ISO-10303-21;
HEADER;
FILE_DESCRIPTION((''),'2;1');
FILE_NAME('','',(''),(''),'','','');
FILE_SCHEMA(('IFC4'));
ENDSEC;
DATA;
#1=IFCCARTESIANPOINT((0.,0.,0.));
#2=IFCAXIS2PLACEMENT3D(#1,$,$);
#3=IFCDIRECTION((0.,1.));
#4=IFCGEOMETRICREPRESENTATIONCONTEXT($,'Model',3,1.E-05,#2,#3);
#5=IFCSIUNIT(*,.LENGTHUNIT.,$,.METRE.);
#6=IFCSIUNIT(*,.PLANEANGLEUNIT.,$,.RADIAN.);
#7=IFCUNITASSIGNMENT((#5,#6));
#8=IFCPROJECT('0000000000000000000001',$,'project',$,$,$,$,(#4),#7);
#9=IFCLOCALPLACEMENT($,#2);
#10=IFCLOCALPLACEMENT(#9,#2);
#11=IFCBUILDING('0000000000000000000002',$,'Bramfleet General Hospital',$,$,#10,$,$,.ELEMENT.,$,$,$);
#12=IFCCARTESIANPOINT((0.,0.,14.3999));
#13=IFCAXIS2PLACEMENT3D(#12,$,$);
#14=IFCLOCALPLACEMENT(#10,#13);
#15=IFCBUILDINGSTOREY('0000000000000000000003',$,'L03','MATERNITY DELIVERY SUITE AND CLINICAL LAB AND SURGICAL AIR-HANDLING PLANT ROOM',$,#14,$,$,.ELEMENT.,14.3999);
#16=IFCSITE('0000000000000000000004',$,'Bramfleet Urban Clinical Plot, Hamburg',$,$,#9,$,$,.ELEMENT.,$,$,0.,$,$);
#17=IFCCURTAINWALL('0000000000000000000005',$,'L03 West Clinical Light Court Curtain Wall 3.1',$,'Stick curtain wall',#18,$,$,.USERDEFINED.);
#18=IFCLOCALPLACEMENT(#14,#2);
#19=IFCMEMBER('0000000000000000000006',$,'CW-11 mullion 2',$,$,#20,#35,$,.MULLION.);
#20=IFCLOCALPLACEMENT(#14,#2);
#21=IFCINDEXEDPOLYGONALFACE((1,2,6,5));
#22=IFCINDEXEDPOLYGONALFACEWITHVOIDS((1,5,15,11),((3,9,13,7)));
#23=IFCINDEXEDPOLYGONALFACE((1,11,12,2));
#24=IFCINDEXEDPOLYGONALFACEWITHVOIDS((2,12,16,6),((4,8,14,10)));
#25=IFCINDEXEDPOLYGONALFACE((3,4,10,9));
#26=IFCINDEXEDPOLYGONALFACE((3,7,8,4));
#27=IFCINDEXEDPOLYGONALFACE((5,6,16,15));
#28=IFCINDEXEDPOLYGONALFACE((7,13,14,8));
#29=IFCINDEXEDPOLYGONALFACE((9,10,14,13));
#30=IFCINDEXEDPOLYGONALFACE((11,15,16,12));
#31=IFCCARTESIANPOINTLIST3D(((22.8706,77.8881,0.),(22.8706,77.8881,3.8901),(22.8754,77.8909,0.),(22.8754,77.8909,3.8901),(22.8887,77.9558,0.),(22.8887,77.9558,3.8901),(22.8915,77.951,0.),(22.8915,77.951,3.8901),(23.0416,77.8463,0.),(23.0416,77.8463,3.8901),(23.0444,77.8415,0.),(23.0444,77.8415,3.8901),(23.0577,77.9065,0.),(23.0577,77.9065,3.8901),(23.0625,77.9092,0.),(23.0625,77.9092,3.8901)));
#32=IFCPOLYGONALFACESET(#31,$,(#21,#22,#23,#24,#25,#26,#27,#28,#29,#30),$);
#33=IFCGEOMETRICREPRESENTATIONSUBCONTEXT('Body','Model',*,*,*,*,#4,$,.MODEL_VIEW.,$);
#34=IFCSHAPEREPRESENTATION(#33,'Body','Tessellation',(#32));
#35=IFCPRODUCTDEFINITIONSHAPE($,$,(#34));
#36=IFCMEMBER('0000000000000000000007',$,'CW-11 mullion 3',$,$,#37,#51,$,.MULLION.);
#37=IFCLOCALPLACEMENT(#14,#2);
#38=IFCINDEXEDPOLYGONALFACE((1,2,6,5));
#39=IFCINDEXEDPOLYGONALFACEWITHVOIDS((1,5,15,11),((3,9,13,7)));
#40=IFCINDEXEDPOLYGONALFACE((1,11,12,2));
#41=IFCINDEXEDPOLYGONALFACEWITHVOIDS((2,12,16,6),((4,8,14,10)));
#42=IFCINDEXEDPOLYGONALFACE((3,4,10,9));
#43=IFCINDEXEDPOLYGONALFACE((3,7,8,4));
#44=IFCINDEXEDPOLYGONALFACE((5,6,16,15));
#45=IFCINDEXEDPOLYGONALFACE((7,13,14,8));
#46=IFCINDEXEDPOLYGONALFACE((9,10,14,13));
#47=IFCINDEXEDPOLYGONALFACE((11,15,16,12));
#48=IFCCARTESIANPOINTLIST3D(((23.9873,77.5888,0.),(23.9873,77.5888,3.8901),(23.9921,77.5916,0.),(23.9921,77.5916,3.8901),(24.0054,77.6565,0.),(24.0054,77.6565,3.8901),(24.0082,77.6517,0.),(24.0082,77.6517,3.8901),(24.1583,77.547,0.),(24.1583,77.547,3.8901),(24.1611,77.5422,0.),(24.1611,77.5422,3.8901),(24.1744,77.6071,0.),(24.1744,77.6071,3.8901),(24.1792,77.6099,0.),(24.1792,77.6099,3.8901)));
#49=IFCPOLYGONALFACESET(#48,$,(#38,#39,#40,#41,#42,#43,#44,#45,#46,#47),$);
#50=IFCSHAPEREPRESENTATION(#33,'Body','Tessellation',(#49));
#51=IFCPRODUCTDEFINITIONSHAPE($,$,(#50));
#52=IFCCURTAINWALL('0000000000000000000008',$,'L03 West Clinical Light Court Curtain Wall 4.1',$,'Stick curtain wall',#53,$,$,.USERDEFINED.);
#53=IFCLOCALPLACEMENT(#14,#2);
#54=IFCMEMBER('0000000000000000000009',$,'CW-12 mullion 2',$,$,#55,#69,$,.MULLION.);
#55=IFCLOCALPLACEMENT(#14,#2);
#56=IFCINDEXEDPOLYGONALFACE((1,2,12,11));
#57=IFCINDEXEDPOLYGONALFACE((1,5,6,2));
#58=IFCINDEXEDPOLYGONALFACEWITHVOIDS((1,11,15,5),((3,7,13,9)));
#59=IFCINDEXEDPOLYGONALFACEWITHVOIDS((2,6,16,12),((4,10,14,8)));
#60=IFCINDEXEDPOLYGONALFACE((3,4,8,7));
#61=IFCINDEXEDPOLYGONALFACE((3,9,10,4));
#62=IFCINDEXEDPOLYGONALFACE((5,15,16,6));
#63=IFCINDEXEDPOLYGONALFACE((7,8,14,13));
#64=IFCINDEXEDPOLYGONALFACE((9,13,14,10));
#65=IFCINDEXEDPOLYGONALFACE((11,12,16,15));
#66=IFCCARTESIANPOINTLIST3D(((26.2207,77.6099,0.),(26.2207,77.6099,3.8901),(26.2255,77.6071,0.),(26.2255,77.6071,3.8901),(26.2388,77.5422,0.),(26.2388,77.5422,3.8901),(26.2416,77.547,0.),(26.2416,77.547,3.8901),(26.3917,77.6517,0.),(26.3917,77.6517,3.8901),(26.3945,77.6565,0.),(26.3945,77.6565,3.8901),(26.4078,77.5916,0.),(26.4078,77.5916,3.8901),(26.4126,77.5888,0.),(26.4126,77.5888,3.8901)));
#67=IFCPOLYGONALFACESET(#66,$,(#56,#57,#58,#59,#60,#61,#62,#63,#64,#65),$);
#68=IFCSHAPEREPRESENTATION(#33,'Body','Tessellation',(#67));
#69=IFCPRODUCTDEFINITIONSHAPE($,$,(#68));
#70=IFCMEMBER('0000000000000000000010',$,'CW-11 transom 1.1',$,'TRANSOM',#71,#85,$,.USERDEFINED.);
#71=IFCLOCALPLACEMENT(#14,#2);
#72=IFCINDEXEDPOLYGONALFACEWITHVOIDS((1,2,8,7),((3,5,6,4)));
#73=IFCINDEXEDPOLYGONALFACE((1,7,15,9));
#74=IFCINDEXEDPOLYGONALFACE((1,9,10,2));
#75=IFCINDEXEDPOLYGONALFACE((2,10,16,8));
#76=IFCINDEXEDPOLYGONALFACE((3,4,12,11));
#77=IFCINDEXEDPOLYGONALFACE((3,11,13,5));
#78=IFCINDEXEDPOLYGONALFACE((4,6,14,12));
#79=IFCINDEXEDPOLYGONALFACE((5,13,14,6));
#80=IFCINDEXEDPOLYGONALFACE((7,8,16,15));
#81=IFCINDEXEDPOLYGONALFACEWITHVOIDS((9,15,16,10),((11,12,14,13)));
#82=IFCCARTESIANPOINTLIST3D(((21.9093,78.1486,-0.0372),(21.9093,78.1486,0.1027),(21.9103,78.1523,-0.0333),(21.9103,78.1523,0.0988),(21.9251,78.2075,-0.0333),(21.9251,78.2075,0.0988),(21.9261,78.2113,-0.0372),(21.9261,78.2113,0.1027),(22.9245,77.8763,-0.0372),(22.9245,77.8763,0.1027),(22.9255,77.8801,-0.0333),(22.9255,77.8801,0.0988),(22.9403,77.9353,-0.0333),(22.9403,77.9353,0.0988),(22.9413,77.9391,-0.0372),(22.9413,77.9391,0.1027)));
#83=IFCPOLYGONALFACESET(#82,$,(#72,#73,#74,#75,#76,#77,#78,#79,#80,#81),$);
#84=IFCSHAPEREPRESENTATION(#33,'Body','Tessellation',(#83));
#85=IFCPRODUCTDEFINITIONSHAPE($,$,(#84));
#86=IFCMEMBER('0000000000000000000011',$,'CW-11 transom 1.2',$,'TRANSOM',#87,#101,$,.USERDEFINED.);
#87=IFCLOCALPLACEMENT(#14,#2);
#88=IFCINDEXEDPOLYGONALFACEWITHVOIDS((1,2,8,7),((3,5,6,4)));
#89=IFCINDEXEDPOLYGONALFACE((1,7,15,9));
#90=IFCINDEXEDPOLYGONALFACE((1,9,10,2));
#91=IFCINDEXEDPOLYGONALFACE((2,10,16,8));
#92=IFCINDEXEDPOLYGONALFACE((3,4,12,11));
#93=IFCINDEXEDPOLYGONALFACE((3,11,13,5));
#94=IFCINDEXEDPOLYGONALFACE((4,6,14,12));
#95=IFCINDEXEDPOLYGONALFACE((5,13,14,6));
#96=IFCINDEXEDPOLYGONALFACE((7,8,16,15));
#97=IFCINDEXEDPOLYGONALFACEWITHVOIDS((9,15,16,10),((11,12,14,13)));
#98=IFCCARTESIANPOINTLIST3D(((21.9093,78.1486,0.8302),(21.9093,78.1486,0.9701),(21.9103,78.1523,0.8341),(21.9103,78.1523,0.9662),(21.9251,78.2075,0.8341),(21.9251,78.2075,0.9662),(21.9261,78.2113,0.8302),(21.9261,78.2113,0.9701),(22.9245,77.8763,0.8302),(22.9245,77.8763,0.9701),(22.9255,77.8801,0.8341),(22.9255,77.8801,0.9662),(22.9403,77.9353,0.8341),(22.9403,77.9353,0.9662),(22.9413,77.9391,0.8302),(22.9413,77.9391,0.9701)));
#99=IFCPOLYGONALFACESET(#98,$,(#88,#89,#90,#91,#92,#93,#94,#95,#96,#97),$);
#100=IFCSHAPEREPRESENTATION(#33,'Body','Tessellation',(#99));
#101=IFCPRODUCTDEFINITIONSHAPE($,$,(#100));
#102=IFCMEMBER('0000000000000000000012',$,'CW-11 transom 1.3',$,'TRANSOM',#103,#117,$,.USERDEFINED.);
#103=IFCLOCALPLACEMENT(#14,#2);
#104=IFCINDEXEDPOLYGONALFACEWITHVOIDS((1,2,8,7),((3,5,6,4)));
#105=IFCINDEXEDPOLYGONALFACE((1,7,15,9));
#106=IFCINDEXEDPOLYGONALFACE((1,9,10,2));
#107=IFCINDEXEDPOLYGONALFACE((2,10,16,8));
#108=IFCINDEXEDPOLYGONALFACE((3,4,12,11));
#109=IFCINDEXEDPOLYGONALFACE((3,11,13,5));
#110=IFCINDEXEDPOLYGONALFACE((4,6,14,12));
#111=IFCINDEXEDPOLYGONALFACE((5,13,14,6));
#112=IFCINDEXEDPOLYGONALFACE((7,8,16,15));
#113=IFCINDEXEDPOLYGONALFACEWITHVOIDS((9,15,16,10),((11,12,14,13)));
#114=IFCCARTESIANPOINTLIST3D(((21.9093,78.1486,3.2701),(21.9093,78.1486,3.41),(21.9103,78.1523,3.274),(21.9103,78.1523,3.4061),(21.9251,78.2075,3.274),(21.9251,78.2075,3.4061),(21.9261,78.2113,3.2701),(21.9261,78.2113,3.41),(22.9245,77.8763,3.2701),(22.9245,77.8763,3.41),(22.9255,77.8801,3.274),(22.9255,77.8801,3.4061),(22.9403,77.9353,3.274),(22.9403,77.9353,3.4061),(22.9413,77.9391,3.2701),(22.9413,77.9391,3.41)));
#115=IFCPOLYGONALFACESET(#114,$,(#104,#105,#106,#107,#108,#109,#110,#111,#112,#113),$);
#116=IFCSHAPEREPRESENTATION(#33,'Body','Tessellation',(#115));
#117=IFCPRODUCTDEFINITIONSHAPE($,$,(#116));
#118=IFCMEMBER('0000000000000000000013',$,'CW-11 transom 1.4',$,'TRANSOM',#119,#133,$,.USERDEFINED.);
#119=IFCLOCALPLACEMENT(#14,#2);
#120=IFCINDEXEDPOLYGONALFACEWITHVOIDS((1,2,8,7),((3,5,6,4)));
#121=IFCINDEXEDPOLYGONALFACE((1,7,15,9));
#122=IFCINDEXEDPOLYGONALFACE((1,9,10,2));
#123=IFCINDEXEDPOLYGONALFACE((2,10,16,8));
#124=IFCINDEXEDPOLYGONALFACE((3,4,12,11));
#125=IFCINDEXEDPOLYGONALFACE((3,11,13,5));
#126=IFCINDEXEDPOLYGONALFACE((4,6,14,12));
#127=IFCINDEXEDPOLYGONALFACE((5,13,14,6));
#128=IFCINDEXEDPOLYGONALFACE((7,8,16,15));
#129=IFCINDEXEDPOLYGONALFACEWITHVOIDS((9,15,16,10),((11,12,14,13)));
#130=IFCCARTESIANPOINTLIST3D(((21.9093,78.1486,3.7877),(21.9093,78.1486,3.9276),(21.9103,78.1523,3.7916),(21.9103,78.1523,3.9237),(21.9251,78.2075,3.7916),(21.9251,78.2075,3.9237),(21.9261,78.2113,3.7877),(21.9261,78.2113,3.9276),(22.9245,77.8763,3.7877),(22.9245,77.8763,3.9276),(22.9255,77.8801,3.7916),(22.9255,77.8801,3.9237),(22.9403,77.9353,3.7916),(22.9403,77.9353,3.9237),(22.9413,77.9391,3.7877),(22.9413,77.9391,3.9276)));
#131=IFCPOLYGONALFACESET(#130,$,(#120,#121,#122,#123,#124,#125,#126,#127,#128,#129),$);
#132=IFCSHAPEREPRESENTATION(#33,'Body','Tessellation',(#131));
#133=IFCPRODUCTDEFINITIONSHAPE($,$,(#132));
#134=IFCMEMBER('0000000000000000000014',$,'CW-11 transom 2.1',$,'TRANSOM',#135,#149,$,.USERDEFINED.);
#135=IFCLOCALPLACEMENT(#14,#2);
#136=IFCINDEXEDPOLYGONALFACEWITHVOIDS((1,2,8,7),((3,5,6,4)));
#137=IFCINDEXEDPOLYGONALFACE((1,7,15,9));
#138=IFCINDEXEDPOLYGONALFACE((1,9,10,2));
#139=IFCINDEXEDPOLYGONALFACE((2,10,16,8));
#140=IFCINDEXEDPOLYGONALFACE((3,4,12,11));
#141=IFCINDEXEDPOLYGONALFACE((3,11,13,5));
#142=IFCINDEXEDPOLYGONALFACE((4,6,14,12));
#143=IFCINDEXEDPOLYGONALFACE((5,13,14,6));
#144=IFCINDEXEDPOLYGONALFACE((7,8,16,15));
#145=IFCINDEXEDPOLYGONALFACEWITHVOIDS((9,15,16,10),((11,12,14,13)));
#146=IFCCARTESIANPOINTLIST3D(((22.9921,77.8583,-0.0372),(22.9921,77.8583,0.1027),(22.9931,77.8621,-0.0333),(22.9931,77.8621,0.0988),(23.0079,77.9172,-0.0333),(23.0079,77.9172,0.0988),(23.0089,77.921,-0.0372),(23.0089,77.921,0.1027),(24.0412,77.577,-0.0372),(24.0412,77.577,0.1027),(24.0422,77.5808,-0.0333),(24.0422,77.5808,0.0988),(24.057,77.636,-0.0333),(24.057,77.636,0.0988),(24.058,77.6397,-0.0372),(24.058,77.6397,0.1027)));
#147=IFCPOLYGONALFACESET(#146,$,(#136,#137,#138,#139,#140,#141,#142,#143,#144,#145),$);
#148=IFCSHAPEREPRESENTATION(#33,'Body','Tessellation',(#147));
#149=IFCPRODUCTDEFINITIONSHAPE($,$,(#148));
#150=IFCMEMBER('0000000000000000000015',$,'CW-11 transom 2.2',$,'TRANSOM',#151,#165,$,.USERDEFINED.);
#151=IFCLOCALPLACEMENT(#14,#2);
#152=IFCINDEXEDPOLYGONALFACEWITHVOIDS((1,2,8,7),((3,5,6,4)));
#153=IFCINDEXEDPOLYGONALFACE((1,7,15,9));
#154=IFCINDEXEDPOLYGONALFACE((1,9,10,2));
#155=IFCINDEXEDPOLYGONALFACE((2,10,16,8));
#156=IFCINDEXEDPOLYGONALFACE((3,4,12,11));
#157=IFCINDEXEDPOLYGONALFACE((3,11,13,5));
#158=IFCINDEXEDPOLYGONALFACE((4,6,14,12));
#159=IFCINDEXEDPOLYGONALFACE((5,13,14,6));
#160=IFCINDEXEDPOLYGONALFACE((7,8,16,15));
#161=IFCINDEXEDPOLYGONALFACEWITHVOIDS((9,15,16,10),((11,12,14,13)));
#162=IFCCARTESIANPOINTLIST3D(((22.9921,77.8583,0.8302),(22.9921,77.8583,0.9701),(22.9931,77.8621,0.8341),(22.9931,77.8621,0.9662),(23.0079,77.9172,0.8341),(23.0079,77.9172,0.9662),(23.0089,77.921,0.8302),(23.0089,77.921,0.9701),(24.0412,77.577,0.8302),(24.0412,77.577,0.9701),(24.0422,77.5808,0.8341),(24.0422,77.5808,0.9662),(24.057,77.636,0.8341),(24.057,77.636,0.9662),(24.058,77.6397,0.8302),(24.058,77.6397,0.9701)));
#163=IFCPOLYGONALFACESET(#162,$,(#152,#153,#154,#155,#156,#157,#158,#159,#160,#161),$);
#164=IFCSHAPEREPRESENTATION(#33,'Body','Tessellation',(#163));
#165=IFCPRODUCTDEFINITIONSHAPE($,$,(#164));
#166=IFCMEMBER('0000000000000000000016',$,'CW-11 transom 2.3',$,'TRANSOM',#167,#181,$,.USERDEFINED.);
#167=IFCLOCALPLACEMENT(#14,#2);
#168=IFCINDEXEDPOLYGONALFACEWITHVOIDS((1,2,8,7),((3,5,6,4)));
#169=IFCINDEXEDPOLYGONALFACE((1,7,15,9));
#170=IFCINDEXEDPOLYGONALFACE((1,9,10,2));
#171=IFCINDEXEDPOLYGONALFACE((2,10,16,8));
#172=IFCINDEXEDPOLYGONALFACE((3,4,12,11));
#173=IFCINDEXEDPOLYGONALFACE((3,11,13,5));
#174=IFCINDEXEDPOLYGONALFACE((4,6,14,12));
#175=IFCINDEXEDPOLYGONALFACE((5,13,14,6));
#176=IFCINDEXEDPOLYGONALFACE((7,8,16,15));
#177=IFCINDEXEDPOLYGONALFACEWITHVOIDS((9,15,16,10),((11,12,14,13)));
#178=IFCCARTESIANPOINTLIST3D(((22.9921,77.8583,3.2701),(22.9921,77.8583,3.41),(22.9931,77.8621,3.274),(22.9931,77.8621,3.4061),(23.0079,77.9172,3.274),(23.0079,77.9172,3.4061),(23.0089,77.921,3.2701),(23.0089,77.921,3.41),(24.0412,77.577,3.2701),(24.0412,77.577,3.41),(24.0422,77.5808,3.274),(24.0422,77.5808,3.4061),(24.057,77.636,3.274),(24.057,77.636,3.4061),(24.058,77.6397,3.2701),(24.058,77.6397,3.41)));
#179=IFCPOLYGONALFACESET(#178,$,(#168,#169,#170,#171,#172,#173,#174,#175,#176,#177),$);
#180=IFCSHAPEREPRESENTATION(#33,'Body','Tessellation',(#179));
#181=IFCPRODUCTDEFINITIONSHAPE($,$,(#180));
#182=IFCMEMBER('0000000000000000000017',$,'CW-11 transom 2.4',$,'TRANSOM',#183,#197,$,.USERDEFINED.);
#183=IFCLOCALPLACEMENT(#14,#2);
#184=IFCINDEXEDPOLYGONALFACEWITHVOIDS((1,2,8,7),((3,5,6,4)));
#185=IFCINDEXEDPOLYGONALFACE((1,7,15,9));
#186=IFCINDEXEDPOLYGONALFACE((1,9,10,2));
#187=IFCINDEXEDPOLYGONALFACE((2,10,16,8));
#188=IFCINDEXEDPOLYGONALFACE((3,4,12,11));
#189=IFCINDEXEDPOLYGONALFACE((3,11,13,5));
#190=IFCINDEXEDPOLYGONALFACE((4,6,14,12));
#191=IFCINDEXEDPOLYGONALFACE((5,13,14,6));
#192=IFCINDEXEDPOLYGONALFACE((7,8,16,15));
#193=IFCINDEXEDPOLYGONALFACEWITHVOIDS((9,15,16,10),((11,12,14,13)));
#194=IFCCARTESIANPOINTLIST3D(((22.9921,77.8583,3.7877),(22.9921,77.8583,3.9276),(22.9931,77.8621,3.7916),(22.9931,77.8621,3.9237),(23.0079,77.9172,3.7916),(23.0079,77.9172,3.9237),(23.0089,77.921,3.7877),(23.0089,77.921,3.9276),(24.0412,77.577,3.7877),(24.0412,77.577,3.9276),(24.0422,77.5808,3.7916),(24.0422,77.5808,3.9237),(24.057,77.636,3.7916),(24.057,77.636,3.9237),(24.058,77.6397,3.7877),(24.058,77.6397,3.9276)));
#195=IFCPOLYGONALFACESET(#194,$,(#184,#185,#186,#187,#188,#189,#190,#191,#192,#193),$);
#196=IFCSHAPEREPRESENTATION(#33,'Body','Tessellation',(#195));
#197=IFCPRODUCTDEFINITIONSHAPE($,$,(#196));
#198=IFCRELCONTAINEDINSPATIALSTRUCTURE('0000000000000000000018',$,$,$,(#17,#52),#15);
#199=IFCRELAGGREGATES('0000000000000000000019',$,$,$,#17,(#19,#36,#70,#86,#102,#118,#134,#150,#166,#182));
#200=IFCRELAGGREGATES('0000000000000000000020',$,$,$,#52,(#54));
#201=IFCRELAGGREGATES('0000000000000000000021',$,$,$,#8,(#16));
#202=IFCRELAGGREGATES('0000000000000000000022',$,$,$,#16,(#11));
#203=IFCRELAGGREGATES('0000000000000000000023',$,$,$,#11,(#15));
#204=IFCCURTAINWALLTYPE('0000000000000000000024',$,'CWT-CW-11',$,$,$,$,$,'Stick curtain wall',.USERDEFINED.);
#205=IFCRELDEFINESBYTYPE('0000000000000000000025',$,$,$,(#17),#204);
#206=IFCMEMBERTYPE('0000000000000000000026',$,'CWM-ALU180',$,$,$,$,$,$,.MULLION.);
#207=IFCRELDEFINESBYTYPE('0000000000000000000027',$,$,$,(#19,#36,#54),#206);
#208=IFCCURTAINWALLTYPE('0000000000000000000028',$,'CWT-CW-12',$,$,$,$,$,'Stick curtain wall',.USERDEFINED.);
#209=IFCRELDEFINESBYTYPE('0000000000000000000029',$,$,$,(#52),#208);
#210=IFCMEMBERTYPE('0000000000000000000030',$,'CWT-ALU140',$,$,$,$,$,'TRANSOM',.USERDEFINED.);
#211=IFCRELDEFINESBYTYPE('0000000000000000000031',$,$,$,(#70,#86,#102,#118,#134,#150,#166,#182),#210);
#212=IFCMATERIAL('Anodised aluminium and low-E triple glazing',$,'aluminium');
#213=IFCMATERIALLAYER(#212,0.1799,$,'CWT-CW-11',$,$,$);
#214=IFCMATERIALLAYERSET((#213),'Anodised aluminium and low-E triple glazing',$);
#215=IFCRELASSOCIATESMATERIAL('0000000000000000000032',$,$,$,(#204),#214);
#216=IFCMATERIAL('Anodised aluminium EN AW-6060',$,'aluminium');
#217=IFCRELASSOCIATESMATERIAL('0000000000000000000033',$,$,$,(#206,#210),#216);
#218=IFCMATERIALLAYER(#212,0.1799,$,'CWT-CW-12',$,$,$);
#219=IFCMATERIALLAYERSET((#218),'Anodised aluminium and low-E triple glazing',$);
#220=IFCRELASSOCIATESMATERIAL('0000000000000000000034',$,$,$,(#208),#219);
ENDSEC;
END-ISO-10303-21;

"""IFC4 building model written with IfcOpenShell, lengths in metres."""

from ifc_helpers import new_model, si_unit, direction, frame, origin, origin_2d, place, context, subcontext, project, spatial, hollow_rectangle, extrude, material, layer, layer_set, material_profile, profile_set, type_object, element, aggregate, save


model = new_model("IFC4")

# Units and contexts
model_context = context("Model", 3, precision=1e-05, world=origin(), true_north=direction((0.0, 1.0)))
body_context = subcontext(model_context, "Body", "Model", "MODEL_VIEW")
ifc_project = project(units=[si_unit("LENGTHUNIT", "METRE"), si_unit("PLANEANGLEUNIT", "RADIAN")], contexts=[model_context])

# Site, building, storey
site_placement = place(None, origin())
site = spatial("IfcSite", under=ifc_project, at=site_placement, Name="Bramfleet Urban Clinical Plot, Hamburg", CompositionType="ELEMENT", RefElevation=0.0)
building_placement = place(site_placement, origin())
building = spatial("IfcBuilding", under=site, at=building_placement, Name="Bramfleet General Hospital", CompositionType="ELEMENT")
storey_placement = place(building_placement, frame((0.0, 0.0, 14.3999)))
storey = spatial("IfcBuildingStorey", under=building, at=storey_placement, Name="L03", Description="MATERNITY DELIVERY SUITE AND CLINICAL LAB AND SURGICAL AIR-HANDLING PLANT ROOM", CompositionType="ELEMENT", Elevation=14.3999)

# Curtain wall, members
ifc_material_1 = material(Name="Anodised aluminium and low-E triple glazing", Category="aluminium")
ifc_layer_1 = layer(ifc_material_1, 0.1799, Name="CWT-CW-11")
ifc_layer_set_1 = layer_set([ifc_layer_1], Name="Anodised aluminium and low-E triple glazing")
curtain_wall_type_1 = type_object("IfcCurtainWallType", Name="CWT-CW-11", ElementType="Stick curtain wall", PredefinedType="USERDEFINED", material=ifc_layer_set_1)
curtain_wall_1_placement = place(storey_placement, origin())
curtain_wall_1 = element("IfcCurtainWall", 1, at=curtain_wall_1_placement, inside=storey, type_object=curtain_wall_type_1, Name="L03 West Clinical Light Court Curtain Wall 3.1", ObjectType="Stick curtain wall", PredefinedType="USERDEFINED")
ifc_material_2 = material(Name="Anodised aluminium EN AW-6060", Category="aluminium")
ifc_material_profile_1 = material_profile(ifc_material_2, hollow_rectangle(XDim=0.0701, YDim=0.1799, WallThickness=0.0039, at=origin_2d()), Name="ALU 180x70x4.0")
ifc_profile_set_1 = profile_set([ifc_material_profile_1], Name="Anodised aluminium EN AW-6060")
member_type_1 = type_object("IfcMemberType", Name="CWM-ALU180", PredefinedType="MULLION", material=ifc_profile_set_1)
member_1_placement = place(storey_placement, frame((22.9666, 77.8987, 0.0), z_axis=(0.0, 0.0, 1.0), x_axis=(0.258919, 0.965899, 0.0)))
member_1 = element("IfcMember", 2, at=member_1_placement, type_object=member_type_1, Name="CW-11 mullion 2", PredefinedType="MULLION", context=body_context, shape_type="SweptSolid", body=[
    extrude(hollow_rectangle(XDim=0.0701, YDim=0.1799, WallThickness=0.0039, at=origin_2d()), origin(), (0.0, 0.0, 1.0), 3.8901),
])
member_2_placement = place(storey_placement, frame((24.0833, 77.5994, 0.0), z_axis=(0.0, 0.0, 1.0), x_axis=(0.258919, 0.965899, 0.0)))
member_2 = element("IfcMember", 3, at=member_2_placement, type_object=member_type_1, Name="CW-11 mullion 3", PredefinedType="MULLION", context=body_context, shape_type="SweptSolid", body=[
    extrude(hollow_rectangle(XDim=0.0701, YDim=0.1799, WallThickness=0.0039, at=origin_2d()), origin(), (0.0, 0.0, 1.0), 3.8901),
])

# Curtain wall, member
ifc_layer_2 = layer(ifc_material_1, 0.1799, Name="CWT-CW-12")
ifc_layer_set_2 = layer_set([ifc_layer_2], Name="Anodised aluminium and low-E triple glazing")
curtain_wall_type_2 = type_object("IfcCurtainWallType", Name="CWT-CW-12", ElementType="Stick curtain wall", PredefinedType="USERDEFINED", material=ifc_layer_set_2)
curtain_wall_2_placement = place(storey_placement, origin())
curtain_wall_2 = element("IfcCurtainWall", 4, at=curtain_wall_2_placement, inside=storey, type_object=curtain_wall_type_2, Name="L03 West Clinical Light Court Curtain Wall 4.1", ObjectType="Stick curtain wall", PredefinedType="USERDEFINED")
member_3_placement = place(storey_placement, frame((26.3167, 77.5994, 0.0), z_axis=(0.0, 0.0, 1.0), x_axis=(-0.258919, 0.965899, 0.0)))
member_3 = element("IfcMember", 5, at=member_3_placement, type_object=member_type_1, Name="CW-12 mullion 2", PredefinedType="MULLION", context=body_context, shape_type="SweptSolid", body=[
    extrude(hollow_rectangle(XDim=0.0701, YDim=0.1799, WallThickness=0.0039, at=origin_2d()), origin(), (0.0, 0.0, 1.0), 3.8901),
])

# Members
ifc_material_profile_2 = material_profile(ifc_material_2, hollow_rectangle(XDim=0.0649, YDim=0.1399, WallThickness=0.0039, at=origin_2d()), Name="ALU 140x65x4.0")
ifc_profile_set_2 = profile_set([ifc_material_profile_2], Name="Anodised aluminium EN AW-6060")
member_type_2 = type_object("IfcMemberType", Name="CWT-ALU140", ElementType="TRANSOM", PredefinedType="USERDEFINED", material=ifc_profile_set_2)
member_4_placement = place(storey_placement, frame((21.9177, 78.1799, 0.0327), z_axis=(0.965875, -0.259007, 0.0), x_axis=(0.259007, 0.965875, 0.0)))
member_4 = element("IfcMember", 6, at=member_4_placement, type_object=member_type_2, Name="CW-11 transom 1.1", ObjectType="TRANSOM", PredefinedType="USERDEFINED", context=body_context, shape_type="SweptSolid", body=[
    extrude(hollow_rectangle(XDim=0.0649, YDim=0.1399, WallThickness=0.0039, at=origin_2d()), origin(), (0.0, 0.0, 1.0), 1.051),
])
member_5_placement = place(storey_placement, frame((21.9177, 78.1799, 0.9001), z_axis=(0.965875, -0.259007, 0.0), x_axis=(0.259007, 0.965875, 0.0)))
member_5 = element("IfcMember", 7, at=member_5_placement, type_object=member_type_2, Name="CW-11 transom 1.2", ObjectType="TRANSOM", PredefinedType="USERDEFINED", context=body_context, shape_type="SweptSolid", body=[
    extrude(hollow_rectangle(XDim=0.0649, YDim=0.1399, WallThickness=0.0039, at=origin_2d()), origin(), (0.0, 0.0, 1.0), 1.051),
])
member_6_placement = place(storey_placement, frame((21.9177, 78.1799, 3.3401), z_axis=(0.965875, -0.259007, 0.0), x_axis=(0.259007, 0.965875, 0.0)))
member_6 = element("IfcMember", 8, at=member_6_placement, type_object=member_type_2, Name="CW-11 transom 1.3", ObjectType="TRANSOM", PredefinedType="USERDEFINED", context=body_context, shape_type="SweptSolid", body=[
    extrude(hollow_rectangle(XDim=0.0649, YDim=0.1399, WallThickness=0.0039, at=origin_2d()), origin(), (0.0, 0.0, 1.0), 1.051),
])
member_7_placement = place(storey_placement, frame((21.9177, 78.1799, 3.8577), z_axis=(0.965875, -0.259007, 0.0), x_axis=(0.259007, 0.965875, 0.0)))
member_7 = element("IfcMember", 9, at=member_7_placement, type_object=member_type_2, Name="CW-11 transom 1.4", ObjectType="TRANSOM", PredefinedType="USERDEFINED", context=body_context, shape_type="SweptSolid", body=[
    extrude(hollow_rectangle(XDim=0.0649, YDim=0.1399, WallThickness=0.0039, at=origin_2d()), origin(), (0.0, 0.0, 1.0), 1.051),
])
member_8_placement = place(storey_placement, frame((23.0005, 77.8896, 0.0327), z_axis=(0.965891, -0.25895, 0.0), x_axis=(0.25895, 0.965891, 0.0)))
member_8 = element("IfcMember", 10, at=member_8_placement, type_object=member_type_2, Name="CW-11 transom 2.1", ObjectType="TRANSOM", PredefinedType="USERDEFINED", context=body_context, shape_type="SweptSolid", body=[
    extrude(hollow_rectangle(XDim=0.0649, YDim=0.1399, WallThickness=0.0039, at=origin_2d()), origin(), (0.0, 0.0, 1.0), 1.0862),
])
member_9_placement = place(storey_placement, frame((23.0005, 77.8896, 0.9001), z_axis=(0.965891, -0.25895, 0.0), x_axis=(0.25895, 0.965891, 0.0)))
member_9 = element("IfcMember", 11, at=member_9_placement, type_object=member_type_2, Name="CW-11 transom 2.2", ObjectType="TRANSOM", PredefinedType="USERDEFINED", context=body_context, shape_type="SweptSolid", body=[
    extrude(hollow_rectangle(XDim=0.0649, YDim=0.1399, WallThickness=0.0039, at=origin_2d()), origin(), (0.0, 0.0, 1.0), 1.0862),
])
member_10_placement = place(storey_placement, frame((23.0005, 77.8896, 3.3401), z_axis=(0.965891, -0.25895, 0.0), x_axis=(0.25895, 0.965891, 0.0)))
member_10 = element("IfcMember", 12, at=member_10_placement, type_object=member_type_2, Name="CW-11 transom 2.3", ObjectType="TRANSOM", PredefinedType="USERDEFINED", context=body_context, shape_type="SweptSolid", body=[
    extrude(hollow_rectangle(XDim=0.0649, YDim=0.1399, WallThickness=0.0039, at=origin_2d()), origin(), (0.0, 0.0, 1.0), 1.0862),
])
member_11_placement = place(storey_placement, frame((23.0005, 77.8896, 3.8577), z_axis=(0.965891, -0.25895, 0.0), x_axis=(0.25895, 0.965891, 0.0)))
member_11 = element("IfcMember", 13, at=member_11_placement, type_object=member_type_2, Name="CW-11 transom 2.4", ObjectType="TRANSOM", PredefinedType="USERDEFINED", context=body_context, shape_type="SweptSolid", body=[
    extrude(hollow_rectangle(XDim=0.0649, YDim=0.1399, WallThickness=0.0039, at=origin_2d()), origin(), (0.0, 0.0, 1.0), 1.0862),
])

aggregate(curtain_wall_1, [member_1, member_2, member_4, member_5, member_6, member_7, member_8, member_9, member_10, member_11])
aggregate(curtain_wall_2, [member_3])

save(model, "model.ifc")
